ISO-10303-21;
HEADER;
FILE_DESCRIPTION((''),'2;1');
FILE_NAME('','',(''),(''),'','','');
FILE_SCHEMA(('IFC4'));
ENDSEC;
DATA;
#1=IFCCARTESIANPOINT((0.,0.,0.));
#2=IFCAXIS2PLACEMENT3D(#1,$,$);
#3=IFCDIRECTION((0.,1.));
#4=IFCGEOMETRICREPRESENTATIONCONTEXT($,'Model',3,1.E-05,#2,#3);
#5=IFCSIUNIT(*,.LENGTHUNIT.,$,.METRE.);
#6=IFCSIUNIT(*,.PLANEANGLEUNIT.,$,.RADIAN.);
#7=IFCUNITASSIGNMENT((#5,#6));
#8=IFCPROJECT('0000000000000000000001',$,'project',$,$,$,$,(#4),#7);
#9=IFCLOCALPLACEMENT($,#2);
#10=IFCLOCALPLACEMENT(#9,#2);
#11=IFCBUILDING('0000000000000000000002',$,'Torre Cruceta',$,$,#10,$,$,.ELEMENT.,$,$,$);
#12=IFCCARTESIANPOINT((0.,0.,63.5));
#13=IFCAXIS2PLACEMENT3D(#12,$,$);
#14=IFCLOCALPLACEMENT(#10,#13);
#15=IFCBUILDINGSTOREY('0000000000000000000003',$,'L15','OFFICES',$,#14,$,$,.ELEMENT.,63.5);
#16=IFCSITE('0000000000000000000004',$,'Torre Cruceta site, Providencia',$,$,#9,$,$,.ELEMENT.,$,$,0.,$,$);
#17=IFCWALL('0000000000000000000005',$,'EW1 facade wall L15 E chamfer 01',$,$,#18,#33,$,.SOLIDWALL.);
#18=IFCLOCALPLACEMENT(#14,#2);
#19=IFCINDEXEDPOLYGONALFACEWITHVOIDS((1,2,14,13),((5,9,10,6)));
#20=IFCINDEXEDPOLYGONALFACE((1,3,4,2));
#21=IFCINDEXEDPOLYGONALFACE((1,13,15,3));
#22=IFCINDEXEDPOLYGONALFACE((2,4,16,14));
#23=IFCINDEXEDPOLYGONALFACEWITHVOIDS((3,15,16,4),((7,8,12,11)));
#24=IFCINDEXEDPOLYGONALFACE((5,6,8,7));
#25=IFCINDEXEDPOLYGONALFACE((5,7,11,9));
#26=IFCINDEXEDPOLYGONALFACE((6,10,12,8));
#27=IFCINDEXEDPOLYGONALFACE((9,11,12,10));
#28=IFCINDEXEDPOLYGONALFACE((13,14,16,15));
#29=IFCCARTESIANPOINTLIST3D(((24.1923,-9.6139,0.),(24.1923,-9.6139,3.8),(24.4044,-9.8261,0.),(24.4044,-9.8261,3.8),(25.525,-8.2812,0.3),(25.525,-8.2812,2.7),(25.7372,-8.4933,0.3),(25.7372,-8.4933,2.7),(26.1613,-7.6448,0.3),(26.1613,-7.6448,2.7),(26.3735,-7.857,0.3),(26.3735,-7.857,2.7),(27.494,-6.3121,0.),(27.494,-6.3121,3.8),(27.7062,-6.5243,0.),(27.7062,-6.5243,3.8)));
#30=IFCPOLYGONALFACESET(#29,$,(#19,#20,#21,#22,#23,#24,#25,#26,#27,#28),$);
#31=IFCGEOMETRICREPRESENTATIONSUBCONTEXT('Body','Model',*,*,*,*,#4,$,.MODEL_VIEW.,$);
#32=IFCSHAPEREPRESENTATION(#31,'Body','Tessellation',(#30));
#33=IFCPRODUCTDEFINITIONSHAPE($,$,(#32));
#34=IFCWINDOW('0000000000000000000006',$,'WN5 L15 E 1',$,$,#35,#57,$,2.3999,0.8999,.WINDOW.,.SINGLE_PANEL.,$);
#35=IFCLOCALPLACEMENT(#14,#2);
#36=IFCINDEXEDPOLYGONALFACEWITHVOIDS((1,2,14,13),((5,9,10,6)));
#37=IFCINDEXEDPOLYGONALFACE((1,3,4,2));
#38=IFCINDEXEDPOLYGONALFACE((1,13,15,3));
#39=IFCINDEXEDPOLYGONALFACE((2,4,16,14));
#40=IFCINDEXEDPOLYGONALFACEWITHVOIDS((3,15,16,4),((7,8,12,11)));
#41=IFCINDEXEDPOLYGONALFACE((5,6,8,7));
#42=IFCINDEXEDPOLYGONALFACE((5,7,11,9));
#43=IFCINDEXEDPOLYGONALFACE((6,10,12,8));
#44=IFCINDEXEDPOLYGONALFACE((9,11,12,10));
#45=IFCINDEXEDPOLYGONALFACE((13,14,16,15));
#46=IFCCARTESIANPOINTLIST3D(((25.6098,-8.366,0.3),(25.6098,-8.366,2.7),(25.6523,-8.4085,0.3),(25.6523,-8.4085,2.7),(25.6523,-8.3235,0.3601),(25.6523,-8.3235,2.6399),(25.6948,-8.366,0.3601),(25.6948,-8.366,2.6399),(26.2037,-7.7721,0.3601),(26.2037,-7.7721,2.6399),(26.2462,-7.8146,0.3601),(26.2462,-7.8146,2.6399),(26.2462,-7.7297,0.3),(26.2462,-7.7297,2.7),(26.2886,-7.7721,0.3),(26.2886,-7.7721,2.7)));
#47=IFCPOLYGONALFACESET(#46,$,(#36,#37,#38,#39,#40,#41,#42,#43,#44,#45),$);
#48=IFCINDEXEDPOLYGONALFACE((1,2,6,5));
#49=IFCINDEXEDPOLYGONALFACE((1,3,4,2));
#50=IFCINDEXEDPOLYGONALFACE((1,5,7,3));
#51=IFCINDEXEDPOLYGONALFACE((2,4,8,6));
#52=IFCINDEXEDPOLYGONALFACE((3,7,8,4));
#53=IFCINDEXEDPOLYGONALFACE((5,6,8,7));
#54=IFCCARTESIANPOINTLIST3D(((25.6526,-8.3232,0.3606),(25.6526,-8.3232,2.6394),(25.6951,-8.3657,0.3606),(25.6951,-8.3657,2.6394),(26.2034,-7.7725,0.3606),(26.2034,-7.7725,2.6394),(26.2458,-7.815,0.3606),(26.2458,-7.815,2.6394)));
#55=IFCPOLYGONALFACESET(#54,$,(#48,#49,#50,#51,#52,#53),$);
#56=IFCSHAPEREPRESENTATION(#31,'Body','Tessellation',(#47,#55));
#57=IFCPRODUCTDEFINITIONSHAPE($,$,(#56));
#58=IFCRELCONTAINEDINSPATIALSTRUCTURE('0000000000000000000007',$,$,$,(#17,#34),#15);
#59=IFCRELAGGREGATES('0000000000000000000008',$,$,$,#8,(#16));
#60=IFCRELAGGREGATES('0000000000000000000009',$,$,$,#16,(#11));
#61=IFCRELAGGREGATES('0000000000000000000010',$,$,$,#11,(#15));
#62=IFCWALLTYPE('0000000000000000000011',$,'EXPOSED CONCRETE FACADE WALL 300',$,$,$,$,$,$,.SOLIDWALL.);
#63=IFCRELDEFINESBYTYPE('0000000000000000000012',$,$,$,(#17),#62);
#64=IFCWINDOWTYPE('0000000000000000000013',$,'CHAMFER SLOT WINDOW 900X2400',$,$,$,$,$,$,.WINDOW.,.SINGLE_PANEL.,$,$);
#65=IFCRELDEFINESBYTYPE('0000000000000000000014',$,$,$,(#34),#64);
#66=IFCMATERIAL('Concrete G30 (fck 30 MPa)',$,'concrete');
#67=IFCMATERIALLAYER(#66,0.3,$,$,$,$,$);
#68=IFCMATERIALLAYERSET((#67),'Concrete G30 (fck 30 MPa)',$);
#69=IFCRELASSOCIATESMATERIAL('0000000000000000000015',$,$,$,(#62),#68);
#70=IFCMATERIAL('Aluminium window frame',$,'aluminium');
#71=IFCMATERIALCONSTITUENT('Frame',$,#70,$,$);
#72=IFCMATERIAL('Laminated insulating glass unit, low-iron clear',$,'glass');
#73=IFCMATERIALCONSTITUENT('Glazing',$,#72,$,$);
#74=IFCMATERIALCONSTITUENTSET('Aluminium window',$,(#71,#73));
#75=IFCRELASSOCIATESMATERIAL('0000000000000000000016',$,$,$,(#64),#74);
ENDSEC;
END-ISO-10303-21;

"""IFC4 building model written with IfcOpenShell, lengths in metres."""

from ifc_helpers import new_model, si_unit, direction, frame, frame_2d, origin, place, context, subcontext, project, spatial, rectangle, hollow_rectangle, extrude, material, layer, layer_set, constituent, constituent_set, type_object, element, fill, save


model = new_model("IFC4")

# Units and contexts
model_context = context("Model", 3, precision=1e-05, world=origin(), true_north=direction((0.0, 1.0)))
body_context = subcontext(model_context, "Body", "Model", "MODEL_VIEW")
ifc_project = project(units=[si_unit("LENGTHUNIT", "METRE"), si_unit("PLANEANGLEUNIT", "RADIAN")], contexts=[model_context])

# Site, building, storey
site_placement = place(None, origin())
site = spatial("IfcSite", under=ifc_project, at=site_placement, Name="Torre Cruceta site, Providencia", CompositionType="ELEMENT", RefElevation=0.0)
building_placement = place(site_placement, origin())
building = spatial("IfcBuilding", under=site, at=building_placement, Name="Torre Cruceta", CompositionType="ELEMENT")
storey_placement = place(building_placement, frame((0.0, 0.0, 63.5)))
storey = spatial("IfcBuildingStorey", under=building, at=storey_placement, Name="L15", Description="OFFICES", CompositionType="ELEMENT", Elevation=63.5)

# Wall, opening, window
ifc_material_1 = material(Name="Concrete G30 (fck 30 MPa)", Category="concrete")
ifc_layer_1 = layer(ifc_material_1, 0.3)
ifc_layer_set_1 = layer_set([ifc_layer_1], Name="Concrete G30 (fck 30 MPa)")
wall_type = type_object("IfcWallType", Name="EXPOSED CONCRETE FACADE WALL 300", PredefinedType="SOLIDWALL", material=ifc_layer_set_1)
wall_placement = place(storey_placement, frame((24.2983, -9.72, 0.0), z_axis=(0.0, 0.0, 1.0), x_axis=(0.707107, 0.707107, 0.0)))
wall = element("IfcWall", 1, at=wall_placement, inside=storey, type_object=wall_type, Name="EW1 facade wall L15 E chamfer 01", PredefinedType="SOLIDWALL", context=body_context, shape_type="SweptSolid", body=[
    extrude(rectangle(XDim=4.6694, YDim=0.3, at=frame_2d((2.3347, 0.0))), origin(), (0.0, 0.0, 1.0), 3.8),
])
opening_placement = place(wall_placement, frame((1.8848, 0.0, 0.3)))
opening = element("IfcOpeningElement", 2, at=opening_placement, cuts=wall, PredefinedType="OPENING", context=body_context, shape_type="SweptSolid", body=[
    extrude(rectangle(XDim=0.8999, YDim=2.3999, at=frame_2d((0.45, 1.2))), frame((0.0, 0.1599, 0.0), z_axis=(0.0, -1.0, 0.0), x_axis=(1.0, 0.0, 0.0)), (0.0, 0.0, 1.0), 0.3201),
])
ifc_material_2 = material(Name="Aluminium window frame", Category="aluminium")
ifc_constituent_1 = constituent(ifc_material_2, Name="Frame")
ifc_material_3 = material(Name="Laminated insulating glass unit, low-iron clear", Category="glass")
ifc_constituent_2 = constituent(ifc_material_3, Name="Glazing")
ifc_constituent_set = constituent_set(constituents=[ifc_constituent_1, ifc_constituent_2], Name="Aluminium window")
window_type = type_object("IfcWindowType", Name="CHAMFER SLOT WINDOW 900X2400", PartitioningType="SINGLE_PANEL", PredefinedType="WINDOW", material=ifc_constituent_set)
window_placement = place(opening_placement, origin())
window = element("IfcWindow", 3, at=window_placement, inside=storey, type_object=window_type, Name="WN5 L15 E 1", OverallHeight=2.3999, OverallWidth=0.8999, PartitioningType="SINGLE_PANEL", PredefinedType="WINDOW", context=body_context, shape_type="SweptSolid", body=[
    extrude(hollow_rectangle(XDim=0.8999, YDim=2.3999, WallThickness=0.0601, at=frame_2d((0.45, 1.2))), frame((0.0, 0.03, 0.0), z_axis=(0.0, -1.0, 0.0), x_axis=(1.0, 0.0, 0.0)), (0.0, 0.0, 1.0), 0.0601),
    extrude(rectangle(XDim=0.7788, YDim=2.2788, at=frame_2d((0.45, 1.2))), frame((0.0, 0.03, 0.0), z_axis=(0.0, -1.0, 0.0), x_axis=(1.0, 0.0, 0.0)), (0.0, 0.0, 1.0), 0.0601),
])
fill(opening, window)

save(model, "model.ifc")
